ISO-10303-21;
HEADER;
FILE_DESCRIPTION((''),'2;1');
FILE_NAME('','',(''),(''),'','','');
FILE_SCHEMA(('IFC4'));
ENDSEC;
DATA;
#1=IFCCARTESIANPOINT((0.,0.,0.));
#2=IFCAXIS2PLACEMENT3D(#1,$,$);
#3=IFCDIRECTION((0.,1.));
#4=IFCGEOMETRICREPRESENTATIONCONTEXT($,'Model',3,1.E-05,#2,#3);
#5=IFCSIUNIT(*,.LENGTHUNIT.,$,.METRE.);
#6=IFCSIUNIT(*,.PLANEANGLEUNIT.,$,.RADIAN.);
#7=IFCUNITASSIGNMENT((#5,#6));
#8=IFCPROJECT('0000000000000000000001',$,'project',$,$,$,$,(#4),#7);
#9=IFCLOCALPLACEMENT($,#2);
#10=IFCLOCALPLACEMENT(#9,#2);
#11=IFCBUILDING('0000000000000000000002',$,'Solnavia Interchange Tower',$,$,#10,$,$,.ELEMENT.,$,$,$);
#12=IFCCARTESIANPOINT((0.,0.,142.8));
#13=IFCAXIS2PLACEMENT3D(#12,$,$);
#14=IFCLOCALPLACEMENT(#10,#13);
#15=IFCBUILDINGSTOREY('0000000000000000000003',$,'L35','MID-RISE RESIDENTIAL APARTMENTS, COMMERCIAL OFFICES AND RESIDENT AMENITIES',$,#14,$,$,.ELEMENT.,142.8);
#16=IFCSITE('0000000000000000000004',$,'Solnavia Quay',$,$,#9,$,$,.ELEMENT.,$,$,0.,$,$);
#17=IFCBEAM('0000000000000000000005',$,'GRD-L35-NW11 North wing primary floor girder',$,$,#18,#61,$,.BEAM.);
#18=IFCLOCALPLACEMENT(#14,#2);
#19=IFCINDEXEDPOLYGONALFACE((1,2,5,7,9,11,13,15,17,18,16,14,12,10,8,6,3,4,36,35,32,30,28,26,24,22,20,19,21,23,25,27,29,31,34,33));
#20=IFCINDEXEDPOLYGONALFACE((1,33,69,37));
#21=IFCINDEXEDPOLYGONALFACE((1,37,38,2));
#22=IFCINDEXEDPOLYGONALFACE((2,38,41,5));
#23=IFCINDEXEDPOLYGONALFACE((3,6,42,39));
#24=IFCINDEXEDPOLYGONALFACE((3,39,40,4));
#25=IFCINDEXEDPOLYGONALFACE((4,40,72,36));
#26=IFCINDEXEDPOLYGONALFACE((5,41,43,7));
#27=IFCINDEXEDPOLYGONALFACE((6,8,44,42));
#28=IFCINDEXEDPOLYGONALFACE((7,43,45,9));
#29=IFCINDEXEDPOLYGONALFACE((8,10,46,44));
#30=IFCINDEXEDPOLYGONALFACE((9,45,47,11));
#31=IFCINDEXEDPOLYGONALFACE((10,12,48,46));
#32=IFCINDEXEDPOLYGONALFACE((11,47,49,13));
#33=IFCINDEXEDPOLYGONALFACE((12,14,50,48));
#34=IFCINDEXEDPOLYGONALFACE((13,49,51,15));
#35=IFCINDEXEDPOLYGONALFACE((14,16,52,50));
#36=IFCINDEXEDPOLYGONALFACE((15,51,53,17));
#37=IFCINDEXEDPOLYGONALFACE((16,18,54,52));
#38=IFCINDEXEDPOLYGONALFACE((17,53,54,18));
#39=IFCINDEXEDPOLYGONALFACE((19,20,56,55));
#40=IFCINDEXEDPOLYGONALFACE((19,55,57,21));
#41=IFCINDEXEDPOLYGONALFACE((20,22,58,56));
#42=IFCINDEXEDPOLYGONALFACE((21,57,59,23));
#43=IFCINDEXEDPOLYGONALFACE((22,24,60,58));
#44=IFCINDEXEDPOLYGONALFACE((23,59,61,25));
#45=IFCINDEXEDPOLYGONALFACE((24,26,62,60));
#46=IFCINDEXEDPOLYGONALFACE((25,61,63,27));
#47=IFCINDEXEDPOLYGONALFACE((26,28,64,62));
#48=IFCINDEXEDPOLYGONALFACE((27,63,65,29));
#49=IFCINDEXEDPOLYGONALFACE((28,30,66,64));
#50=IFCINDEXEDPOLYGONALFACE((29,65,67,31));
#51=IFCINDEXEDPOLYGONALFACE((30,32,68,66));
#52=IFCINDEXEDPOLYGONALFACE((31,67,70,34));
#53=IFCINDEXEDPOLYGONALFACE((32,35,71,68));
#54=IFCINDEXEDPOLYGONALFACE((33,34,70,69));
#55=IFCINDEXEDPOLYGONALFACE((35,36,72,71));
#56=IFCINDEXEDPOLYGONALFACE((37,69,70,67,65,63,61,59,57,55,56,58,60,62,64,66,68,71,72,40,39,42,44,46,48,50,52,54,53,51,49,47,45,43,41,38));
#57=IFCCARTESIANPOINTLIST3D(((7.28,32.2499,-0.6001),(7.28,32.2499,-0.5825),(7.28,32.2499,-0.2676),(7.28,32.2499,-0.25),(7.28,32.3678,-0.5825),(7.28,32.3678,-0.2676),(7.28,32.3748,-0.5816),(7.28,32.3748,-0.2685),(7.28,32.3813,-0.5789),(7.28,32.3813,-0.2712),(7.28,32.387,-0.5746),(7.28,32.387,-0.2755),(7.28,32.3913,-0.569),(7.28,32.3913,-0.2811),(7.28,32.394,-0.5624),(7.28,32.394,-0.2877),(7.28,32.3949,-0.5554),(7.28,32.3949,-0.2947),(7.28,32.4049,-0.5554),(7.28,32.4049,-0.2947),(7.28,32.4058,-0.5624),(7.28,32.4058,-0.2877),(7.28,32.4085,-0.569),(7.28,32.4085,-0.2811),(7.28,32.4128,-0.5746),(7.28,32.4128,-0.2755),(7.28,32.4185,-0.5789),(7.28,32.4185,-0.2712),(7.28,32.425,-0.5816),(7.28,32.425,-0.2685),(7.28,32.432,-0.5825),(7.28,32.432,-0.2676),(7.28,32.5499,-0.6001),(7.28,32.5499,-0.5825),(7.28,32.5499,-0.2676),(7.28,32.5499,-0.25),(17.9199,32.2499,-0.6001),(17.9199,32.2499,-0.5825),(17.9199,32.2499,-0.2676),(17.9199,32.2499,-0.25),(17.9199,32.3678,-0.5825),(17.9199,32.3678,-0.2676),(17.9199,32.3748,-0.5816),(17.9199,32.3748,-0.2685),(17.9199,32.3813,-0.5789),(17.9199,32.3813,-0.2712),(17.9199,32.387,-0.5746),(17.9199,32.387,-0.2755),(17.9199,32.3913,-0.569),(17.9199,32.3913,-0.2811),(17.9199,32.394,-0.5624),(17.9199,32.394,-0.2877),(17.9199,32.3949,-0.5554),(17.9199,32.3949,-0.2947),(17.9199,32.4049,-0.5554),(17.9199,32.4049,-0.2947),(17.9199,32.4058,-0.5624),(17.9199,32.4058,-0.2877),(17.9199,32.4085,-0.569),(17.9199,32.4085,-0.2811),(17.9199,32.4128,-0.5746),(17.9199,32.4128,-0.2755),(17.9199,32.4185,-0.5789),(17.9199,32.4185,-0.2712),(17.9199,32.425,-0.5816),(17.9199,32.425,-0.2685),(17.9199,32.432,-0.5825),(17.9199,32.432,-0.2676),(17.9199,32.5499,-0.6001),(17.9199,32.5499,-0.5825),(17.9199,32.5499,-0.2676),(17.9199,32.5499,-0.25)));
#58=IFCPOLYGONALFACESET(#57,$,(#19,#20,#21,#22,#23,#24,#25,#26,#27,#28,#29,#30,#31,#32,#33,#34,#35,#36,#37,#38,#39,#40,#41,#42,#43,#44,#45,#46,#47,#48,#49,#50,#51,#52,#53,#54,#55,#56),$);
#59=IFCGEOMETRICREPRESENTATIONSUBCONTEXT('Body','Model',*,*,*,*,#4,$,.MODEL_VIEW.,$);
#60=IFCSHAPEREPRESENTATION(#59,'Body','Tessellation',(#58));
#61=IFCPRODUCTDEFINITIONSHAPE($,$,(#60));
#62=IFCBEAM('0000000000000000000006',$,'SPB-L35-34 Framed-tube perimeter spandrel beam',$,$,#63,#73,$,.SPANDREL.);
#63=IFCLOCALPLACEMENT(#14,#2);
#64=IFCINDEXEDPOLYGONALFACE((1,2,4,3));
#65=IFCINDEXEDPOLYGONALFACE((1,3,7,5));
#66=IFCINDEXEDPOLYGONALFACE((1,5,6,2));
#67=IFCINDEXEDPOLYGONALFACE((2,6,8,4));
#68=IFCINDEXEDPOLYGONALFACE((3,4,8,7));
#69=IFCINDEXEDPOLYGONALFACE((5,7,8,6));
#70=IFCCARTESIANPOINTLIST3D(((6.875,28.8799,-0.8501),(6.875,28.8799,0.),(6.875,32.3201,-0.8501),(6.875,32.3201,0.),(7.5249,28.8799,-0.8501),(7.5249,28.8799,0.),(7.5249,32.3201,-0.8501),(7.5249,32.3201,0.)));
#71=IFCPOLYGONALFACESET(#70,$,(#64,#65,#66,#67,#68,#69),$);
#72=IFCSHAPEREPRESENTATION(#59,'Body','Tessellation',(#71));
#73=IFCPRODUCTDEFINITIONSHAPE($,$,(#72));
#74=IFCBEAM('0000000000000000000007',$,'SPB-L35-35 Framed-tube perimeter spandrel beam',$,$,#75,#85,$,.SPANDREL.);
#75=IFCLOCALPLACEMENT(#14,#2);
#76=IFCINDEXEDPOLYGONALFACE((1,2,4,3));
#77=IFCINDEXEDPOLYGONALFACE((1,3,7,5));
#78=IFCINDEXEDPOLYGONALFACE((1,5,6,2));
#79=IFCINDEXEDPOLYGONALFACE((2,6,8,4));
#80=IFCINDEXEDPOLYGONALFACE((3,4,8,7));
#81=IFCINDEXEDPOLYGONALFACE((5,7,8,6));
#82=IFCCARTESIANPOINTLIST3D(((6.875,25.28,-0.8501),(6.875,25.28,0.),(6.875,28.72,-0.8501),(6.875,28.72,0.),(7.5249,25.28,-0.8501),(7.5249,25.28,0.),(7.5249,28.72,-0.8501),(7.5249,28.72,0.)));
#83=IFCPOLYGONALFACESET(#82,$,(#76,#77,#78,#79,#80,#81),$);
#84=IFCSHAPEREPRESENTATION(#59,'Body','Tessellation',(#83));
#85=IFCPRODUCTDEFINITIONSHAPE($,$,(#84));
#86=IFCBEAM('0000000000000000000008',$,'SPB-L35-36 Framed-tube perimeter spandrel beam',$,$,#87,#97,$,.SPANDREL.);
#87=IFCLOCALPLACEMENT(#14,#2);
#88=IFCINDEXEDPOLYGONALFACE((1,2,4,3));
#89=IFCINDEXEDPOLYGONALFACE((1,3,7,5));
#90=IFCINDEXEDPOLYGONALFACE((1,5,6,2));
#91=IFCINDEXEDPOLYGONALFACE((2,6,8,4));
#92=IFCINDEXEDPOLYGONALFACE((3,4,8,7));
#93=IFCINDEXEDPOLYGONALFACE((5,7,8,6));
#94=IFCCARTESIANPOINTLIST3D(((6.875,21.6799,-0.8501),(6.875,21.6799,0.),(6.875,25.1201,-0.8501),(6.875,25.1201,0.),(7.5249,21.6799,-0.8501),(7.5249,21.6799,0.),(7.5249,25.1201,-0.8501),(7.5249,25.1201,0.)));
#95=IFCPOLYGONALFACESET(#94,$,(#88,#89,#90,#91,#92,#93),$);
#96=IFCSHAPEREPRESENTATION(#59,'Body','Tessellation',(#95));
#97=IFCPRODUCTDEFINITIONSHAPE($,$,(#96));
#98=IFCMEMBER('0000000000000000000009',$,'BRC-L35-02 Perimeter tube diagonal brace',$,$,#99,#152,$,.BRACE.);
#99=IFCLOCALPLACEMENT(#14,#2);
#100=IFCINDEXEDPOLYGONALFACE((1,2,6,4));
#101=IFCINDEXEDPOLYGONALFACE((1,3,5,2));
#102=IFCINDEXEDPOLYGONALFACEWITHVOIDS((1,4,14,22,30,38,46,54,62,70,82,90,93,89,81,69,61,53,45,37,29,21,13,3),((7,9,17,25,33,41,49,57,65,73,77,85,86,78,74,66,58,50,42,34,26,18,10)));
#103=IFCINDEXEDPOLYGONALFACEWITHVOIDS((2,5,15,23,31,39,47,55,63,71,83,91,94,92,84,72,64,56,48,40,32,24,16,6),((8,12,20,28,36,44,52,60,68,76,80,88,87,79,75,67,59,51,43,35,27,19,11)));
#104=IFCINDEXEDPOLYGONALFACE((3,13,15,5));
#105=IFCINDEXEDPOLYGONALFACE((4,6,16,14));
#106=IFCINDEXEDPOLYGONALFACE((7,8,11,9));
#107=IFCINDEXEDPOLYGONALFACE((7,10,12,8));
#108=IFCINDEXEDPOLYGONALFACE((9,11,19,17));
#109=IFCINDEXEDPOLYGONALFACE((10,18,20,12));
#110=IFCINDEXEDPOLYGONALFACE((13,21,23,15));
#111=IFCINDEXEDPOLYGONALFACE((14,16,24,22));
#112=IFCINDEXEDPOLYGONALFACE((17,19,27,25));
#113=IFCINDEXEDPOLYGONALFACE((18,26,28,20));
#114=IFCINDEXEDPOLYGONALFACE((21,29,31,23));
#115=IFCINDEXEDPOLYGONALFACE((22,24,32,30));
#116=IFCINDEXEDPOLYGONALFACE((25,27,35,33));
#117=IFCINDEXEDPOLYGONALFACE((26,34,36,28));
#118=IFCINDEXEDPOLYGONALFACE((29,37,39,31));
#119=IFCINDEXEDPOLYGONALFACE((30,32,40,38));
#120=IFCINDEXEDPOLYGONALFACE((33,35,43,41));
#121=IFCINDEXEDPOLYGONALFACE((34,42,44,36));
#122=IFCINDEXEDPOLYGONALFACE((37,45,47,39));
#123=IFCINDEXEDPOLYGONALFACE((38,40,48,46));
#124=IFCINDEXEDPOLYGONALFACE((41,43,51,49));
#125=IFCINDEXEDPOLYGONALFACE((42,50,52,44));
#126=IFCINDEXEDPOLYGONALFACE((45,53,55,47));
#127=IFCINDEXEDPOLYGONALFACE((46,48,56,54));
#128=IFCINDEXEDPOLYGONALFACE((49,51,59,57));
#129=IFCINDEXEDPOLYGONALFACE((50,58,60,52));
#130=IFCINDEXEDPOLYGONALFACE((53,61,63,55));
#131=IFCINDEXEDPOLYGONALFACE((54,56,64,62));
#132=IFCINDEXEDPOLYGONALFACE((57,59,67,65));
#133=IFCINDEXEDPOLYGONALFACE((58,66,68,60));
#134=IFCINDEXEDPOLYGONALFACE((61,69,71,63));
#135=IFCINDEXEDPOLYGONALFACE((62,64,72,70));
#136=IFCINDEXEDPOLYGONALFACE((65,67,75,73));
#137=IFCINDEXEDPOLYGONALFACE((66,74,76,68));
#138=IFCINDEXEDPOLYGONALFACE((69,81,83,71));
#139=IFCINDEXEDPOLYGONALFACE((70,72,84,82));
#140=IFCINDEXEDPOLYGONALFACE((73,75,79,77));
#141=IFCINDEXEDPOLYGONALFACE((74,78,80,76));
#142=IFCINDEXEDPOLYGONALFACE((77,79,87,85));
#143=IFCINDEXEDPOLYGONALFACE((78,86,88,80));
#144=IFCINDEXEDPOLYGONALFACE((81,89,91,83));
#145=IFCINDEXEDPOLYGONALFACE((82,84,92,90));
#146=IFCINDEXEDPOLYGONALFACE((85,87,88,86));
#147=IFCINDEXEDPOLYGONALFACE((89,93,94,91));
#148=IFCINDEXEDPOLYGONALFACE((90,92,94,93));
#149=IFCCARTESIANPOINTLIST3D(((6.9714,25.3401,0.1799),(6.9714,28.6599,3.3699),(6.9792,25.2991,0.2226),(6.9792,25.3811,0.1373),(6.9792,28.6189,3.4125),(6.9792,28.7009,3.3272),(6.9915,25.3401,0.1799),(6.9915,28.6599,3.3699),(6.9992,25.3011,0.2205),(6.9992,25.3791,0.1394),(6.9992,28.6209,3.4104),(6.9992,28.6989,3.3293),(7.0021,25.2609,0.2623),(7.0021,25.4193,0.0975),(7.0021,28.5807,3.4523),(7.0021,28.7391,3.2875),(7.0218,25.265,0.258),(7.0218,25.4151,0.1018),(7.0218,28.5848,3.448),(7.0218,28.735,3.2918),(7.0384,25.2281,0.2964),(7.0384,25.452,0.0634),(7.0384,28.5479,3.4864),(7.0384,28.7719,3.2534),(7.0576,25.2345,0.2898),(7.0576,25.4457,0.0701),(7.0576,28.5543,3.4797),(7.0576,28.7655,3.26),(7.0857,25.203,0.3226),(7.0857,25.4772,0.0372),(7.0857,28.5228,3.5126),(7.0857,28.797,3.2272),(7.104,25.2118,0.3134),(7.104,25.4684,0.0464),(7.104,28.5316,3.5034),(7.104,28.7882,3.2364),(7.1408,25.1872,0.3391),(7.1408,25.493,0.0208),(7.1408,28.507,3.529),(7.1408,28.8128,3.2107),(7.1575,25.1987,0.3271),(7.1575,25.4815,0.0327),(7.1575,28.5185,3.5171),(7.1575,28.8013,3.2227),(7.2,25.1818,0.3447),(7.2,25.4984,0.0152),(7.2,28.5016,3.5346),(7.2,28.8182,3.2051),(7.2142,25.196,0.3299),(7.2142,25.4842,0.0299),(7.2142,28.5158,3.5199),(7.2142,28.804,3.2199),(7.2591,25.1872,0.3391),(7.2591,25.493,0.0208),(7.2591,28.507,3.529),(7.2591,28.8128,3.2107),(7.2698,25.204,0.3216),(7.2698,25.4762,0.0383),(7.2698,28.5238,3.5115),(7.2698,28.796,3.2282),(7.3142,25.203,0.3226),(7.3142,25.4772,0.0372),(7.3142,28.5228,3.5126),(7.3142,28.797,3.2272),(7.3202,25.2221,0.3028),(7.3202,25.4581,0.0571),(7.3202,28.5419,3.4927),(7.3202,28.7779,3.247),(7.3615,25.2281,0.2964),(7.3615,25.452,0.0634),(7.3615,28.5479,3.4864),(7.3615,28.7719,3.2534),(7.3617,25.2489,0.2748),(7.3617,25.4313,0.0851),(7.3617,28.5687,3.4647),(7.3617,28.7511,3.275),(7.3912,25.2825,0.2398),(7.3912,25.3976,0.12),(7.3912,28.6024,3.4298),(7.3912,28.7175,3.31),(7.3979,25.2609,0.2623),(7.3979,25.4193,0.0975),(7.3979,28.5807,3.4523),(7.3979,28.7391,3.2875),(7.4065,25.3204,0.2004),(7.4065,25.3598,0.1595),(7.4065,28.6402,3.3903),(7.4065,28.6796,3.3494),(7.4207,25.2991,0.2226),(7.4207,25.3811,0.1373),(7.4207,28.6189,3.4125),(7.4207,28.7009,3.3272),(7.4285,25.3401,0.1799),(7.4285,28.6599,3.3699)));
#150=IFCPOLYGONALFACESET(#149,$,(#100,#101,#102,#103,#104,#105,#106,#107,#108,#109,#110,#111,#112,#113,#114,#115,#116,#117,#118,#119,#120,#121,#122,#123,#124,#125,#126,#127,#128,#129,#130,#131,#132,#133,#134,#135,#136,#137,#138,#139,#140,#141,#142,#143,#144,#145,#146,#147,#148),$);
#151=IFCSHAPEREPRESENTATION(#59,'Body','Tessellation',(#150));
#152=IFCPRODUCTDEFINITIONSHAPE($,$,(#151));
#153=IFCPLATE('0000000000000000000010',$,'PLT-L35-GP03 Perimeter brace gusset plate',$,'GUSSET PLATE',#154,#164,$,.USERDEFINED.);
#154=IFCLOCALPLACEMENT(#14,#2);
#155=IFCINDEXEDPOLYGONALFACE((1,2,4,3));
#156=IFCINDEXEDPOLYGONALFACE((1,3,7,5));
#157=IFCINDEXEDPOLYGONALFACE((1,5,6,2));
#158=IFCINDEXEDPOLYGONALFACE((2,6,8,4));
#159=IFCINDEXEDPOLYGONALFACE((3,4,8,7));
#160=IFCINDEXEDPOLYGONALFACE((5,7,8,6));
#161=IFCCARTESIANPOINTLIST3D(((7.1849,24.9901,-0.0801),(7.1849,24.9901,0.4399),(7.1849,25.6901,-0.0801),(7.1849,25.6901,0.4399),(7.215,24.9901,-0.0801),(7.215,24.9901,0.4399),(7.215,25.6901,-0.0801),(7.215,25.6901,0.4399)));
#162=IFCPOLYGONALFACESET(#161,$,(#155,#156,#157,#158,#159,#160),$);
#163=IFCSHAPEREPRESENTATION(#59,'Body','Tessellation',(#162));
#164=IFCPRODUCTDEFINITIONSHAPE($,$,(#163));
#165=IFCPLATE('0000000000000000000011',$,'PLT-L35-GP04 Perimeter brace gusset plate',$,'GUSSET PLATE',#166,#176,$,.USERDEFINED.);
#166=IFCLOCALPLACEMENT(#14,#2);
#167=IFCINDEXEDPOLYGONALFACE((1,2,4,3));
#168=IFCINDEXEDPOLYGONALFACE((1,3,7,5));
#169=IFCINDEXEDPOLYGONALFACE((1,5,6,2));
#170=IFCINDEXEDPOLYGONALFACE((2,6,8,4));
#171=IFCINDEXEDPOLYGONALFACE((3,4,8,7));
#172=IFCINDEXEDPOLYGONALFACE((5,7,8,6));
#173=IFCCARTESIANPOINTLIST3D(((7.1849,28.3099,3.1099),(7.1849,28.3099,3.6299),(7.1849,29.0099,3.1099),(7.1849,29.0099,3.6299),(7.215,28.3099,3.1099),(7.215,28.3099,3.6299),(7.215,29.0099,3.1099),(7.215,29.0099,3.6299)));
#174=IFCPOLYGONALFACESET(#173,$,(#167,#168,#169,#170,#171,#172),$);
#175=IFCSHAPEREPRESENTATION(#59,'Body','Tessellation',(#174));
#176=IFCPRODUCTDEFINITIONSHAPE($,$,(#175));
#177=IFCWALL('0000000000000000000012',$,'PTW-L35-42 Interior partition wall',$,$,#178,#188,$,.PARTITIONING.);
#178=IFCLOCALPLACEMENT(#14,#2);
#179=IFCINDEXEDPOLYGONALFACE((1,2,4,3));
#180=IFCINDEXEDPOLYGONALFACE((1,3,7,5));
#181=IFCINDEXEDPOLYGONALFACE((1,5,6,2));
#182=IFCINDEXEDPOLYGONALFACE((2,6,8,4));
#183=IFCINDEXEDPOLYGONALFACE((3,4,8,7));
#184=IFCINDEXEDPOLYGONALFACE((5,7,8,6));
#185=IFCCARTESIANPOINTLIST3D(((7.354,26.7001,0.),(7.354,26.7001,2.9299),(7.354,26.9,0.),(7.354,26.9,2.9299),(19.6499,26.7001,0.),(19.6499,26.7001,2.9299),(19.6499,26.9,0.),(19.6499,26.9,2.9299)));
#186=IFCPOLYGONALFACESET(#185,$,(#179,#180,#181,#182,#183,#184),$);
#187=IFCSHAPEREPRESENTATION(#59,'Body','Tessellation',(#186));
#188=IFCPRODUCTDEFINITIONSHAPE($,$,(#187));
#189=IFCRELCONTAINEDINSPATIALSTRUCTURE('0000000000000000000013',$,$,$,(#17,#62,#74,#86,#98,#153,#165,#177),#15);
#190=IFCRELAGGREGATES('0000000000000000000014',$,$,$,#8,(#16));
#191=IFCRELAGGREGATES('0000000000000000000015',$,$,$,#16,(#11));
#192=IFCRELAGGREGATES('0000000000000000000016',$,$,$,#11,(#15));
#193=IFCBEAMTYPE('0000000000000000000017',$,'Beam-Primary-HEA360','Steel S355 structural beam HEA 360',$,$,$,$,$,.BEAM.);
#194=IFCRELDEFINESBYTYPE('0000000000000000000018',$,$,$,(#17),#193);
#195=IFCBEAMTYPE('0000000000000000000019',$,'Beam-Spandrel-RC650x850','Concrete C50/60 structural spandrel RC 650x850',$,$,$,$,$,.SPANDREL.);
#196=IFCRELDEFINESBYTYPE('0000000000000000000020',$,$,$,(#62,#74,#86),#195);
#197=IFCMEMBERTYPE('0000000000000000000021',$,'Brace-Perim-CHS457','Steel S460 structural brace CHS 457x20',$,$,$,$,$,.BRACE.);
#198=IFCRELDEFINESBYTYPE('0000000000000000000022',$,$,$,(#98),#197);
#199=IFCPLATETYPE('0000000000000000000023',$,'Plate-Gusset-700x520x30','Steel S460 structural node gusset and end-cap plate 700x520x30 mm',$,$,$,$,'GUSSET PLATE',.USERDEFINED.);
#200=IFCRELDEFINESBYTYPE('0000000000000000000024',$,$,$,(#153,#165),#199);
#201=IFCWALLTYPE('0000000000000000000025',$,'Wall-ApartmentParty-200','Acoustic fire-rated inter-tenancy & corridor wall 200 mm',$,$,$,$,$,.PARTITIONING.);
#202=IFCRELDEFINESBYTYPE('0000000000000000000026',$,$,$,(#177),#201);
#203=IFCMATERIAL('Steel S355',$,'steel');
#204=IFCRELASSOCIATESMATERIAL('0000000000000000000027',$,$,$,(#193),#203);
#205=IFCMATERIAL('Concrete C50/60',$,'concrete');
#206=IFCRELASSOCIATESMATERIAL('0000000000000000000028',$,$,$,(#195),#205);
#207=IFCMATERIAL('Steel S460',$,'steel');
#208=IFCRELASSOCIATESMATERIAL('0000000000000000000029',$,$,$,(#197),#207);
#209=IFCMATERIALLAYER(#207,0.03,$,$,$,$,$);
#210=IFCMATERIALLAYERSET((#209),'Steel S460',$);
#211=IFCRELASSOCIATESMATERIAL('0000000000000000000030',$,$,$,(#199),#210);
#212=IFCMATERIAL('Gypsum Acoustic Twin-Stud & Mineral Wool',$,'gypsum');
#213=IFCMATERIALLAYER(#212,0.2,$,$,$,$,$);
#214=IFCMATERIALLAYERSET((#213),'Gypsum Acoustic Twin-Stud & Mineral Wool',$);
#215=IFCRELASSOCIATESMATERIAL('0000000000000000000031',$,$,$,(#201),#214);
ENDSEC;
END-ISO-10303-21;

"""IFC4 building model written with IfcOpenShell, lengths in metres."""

from ifc_helpers import new_model, si_unit, direction, frame, frame_2d, origin, origin_2d, place, context, subcontext, project, spatial, rectangle, hollow_circle, i_section, extrude, material, layer, layer_set, material_profile, profile_set, type_object, element, save


model = new_model("IFC4")

# Units and contexts
model_context = context("Model", 3, precision=1e-05, world=origin(), true_north=direction((0.0, 1.0)))
body_context = subcontext(model_context, "Body", "Model", "MODEL_VIEW")
ifc_project = project(units=[si_unit("LENGTHUNIT", "METRE"), si_unit("PLANEANGLEUNIT", "RADIAN")], contexts=[model_context])

# Site, building, storey
site_placement = place(None, origin())
site = spatial("IfcSite", under=ifc_project, at=site_placement, Name="Solnavia Quay", CompositionType="ELEMENT", RefElevation=0.0)
building_placement = place(site_placement, origin())
building = spatial("IfcBuilding", under=site, at=building_placement, Name="Solnavia Interchange Tower", CompositionType="ELEMENT")
storey_placement = place(building_placement, frame((0.0, 0.0, 142.8)))
storey = spatial("IfcBuildingStorey", under=building, at=storey_placement, Name="L35", Description="MID-RISE RESIDENTIAL APARTMENTS, COMMERCIAL OFFICES AND RESIDENT AMENITIES", CompositionType="ELEMENT", Elevation=142.8)

# Shared definitions
ifc_material_1 = material(Name="Concrete C50/60", Category="concrete")
ifc_material_2 = material(Name="Steel S355", Category="steel")

# Beams
ifc_material_3 = material(Name="Steel S460", Category="steel")
ifc_material_profile_1 = material_profile(ifc_material_2, i_section(OverallWidth=0.3, OverallDepth=0.3501, WebThickness=0.01, FlangeThickness=0.0176, FilletRadius=0.0271, at=origin_2d()), Name="HEA 360")
ifc_profile_set_1 = profile_set([ifc_material_profile_1], Name="Steel S355")
beam_type_1 = type_object("IfcBeamType", Name="Beam-Primary-HEA360", Description="Steel S355 structural beam HEA 360", PredefinedType="BEAM", material=ifc_profile_set_1)
beam_1_placement = place(storey_placement, frame((7.28, 32.3999, -0.425), z_axis=(1.0, 0.0, 0.0), x_axis=(0.0, 1.0, 0.0)))
element("IfcBeam", 1, at=beam_1_placement, inside=storey, type_object=beam_type_1, Name="GRD-L35-NW11 North wing primary floor girder", PredefinedType="BEAM", context=body_context, shape_type="SweptSolid", body=[
    extrude(i_section(OverallWidth=0.3, OverallDepth=0.3501, WebThickness=0.01, FlangeThickness=0.0176, FilletRadius=0.0271, at=origin_2d()), origin(), (0.0, 0.0, 1.0), 10.6399),
])
ifc_material_profile_2 = material_profile(ifc_material_1, rectangle(XDim=0.6499, YDim=0.8501, at=origin_2d()), Name="RC 650x850")
ifc_profile_set_2 = profile_set([ifc_material_profile_2], Name="Concrete C50/60")
beam_type_2 = type_object("IfcBeamType", Name="Beam-Spandrel-RC650x850", Description="Concrete C50/60 structural spandrel RC 650x850", PredefinedType="SPANDREL", material=ifc_profile_set_2)
beam_2_placement = place(storey_placement, frame((7.2, 32.3201, -0.425), z_axis=(0.0, -1.0, 0.0), x_axis=(1.0, 0.0, 0.0)))
element("IfcBeam", 2, at=beam_2_placement, inside=storey, type_object=beam_type_2, Name="SPB-L35-34 Framed-tube perimeter spandrel beam", PredefinedType="SPANDREL", context=body_context, shape_type="SweptSolid", body=[
    extrude(rectangle(XDim=0.6499, YDim=0.8501, at=origin_2d()), origin(), (0.0, 0.0, 1.0), 3.4402),
])
beam_3_placement = place(storey_placement, frame((7.2, 28.72, -0.425), z_axis=(0.0, -1.0, 0.0), x_axis=(1.0, 0.0, 0.0)))
element("IfcBeam", 3, at=beam_3_placement, inside=storey, type_object=beam_type_2, Name="SPB-L35-35 Framed-tube perimeter spandrel beam", PredefinedType="SPANDREL", context=body_context, shape_type="SweptSolid", body=[
    extrude(rectangle(XDim=0.6499, YDim=0.8501, at=origin_2d()), origin(), (0.0, 0.0, 1.0), 3.4399),
])
beam_4_placement = place(storey_placement, frame((7.2, 25.1201, -0.425), z_axis=(0.0, -1.0, 0.0), x_axis=(1.0, 0.0, 0.0)))
element("IfcBeam", 4, at=beam_4_placement, inside=storey, type_object=beam_type_2, Name="SPB-L35-36 Framed-tube perimeter spandrel beam", PredefinedType="SPANDREL", context=body_context, shape_type="SweptSolid", body=[
    extrude(rectangle(XDim=0.6499, YDim=0.8501, at=origin_2d()), origin(), (0.0, 0.0, 1.0), 3.4402),
])

# Member
ifc_material_profile_3 = material_profile(ifc_material_3, hollow_circle(Radius=0.2285, WallThickness=0.02, at=origin_2d()), Name="CHS 457x20")
ifc_profile_set_3 = profile_set([ifc_material_profile_3], Name="Steel S460")
member_type = type_object("IfcMemberType", Name="Brace-Perim-CHS457", Description="Steel S460 structural brace CHS 457x20", PredefinedType="BRACE", material=ifc_profile_set_3)
member_placement = place(storey_placement, frame((7.2, 25.3401, 0.1799), z_axis=(0.0, 0.721071, 0.692861), x_axis=(-1.0, 0.0, 0.0)))
element("IfcMember", 5, at=member_placement, inside=storey, type_object=member_type, Name="BRC-L35-02 Perimeter tube diagonal brace", PredefinedType="BRACE", context=body_context, shape_type="SweptSolid", body=[
    extrude(hollow_circle(Radius=0.2285, WallThickness=0.02, at=origin_2d()), origin(), (0.0, 0.0, 1.0), 4.604),
])

# Plates
ifc_layer_1 = layer(ifc_material_3, 0.03)
ifc_layer_set_1 = layer_set([ifc_layer_1], Name="Steel S460")
plate_type = type_object("IfcPlateType", Name="Plate-Gusset-700x520x30", Description="Steel S460 structural node gusset and end-cap plate 700x520x30 mm", ElementType="GUSSET PLATE", PredefinedType="USERDEFINED", material=ifc_layer_set_1)
for number, where, z_axis, x_axis, name in (
    (6, (7.2, 25.3401, -0.0801), (0.0, 0.0, 1.0), (0.0, 1.0, 0.0), "PLT-L35-GP03 Perimeter brace gusset plate"),
    (7, (7.2, 28.6599, 3.1099), (0.0, 0.0, 1.0), (0.0, 1.0, 0.0), "PLT-L35-GP04 Perimeter brace gusset plate"),
):
    element("IfcPlate", number, at=place(storey_placement, frame(where, z_axis=z_axis, x_axis=x_axis)), inside=storey, type_object=plate_type, Name=name, ObjectType="GUSSET PLATE", PredefinedType="USERDEFINED", context=body_context, shape_type="SweptSolid", body=[
        extrude(rectangle(XDim=0.7, YDim=0.03, at=origin_2d()), origin(), (0.0, 0.0, 1.0), 0.52),
    ])

# Wall
ifc_material_4 = material(Name="Gypsum Acoustic Twin-Stud & Mineral Wool", Category="gypsum")
ifc_layer_2 = layer(ifc_material_4, 0.2)
ifc_layer_set_2 = layer_set([ifc_layer_2], Name="Gypsum Acoustic Twin-Stud & Mineral Wool")
wall_type_1 = type_object("IfcWallType", Name="Wall-ApartmentParty-200", Description="Acoustic fire-rated inter-tenancy & corridor wall 200 mm", PredefinedType="PARTITIONING", material=ifc_layer_set_2)
for number, where, z_axis, x_axis, name in (
    (8, (7.354, 26.8, 0.0), (0.0, 0.0, 1.0), (1.0, 0.0, 0.0), "PTW-L35-42 Interior partition wall"),
):
    element("IfcWall", number, at=place(storey_placement, frame(where, z_axis=z_axis, x_axis=x_axis)), inside=storey, type_object=wall_type_1, Name=name, PredefinedType="PARTITIONING", context=body_context, shape_type="SweptSolid", body=[
        extrude(rectangle(XDim=12.2959, YDim=0.2, at=frame_2d((6.1479, 0.0))), origin(), (0.0, 0.0, 1.0), 2.9299),
    ])

save(model, "model.ifc")
